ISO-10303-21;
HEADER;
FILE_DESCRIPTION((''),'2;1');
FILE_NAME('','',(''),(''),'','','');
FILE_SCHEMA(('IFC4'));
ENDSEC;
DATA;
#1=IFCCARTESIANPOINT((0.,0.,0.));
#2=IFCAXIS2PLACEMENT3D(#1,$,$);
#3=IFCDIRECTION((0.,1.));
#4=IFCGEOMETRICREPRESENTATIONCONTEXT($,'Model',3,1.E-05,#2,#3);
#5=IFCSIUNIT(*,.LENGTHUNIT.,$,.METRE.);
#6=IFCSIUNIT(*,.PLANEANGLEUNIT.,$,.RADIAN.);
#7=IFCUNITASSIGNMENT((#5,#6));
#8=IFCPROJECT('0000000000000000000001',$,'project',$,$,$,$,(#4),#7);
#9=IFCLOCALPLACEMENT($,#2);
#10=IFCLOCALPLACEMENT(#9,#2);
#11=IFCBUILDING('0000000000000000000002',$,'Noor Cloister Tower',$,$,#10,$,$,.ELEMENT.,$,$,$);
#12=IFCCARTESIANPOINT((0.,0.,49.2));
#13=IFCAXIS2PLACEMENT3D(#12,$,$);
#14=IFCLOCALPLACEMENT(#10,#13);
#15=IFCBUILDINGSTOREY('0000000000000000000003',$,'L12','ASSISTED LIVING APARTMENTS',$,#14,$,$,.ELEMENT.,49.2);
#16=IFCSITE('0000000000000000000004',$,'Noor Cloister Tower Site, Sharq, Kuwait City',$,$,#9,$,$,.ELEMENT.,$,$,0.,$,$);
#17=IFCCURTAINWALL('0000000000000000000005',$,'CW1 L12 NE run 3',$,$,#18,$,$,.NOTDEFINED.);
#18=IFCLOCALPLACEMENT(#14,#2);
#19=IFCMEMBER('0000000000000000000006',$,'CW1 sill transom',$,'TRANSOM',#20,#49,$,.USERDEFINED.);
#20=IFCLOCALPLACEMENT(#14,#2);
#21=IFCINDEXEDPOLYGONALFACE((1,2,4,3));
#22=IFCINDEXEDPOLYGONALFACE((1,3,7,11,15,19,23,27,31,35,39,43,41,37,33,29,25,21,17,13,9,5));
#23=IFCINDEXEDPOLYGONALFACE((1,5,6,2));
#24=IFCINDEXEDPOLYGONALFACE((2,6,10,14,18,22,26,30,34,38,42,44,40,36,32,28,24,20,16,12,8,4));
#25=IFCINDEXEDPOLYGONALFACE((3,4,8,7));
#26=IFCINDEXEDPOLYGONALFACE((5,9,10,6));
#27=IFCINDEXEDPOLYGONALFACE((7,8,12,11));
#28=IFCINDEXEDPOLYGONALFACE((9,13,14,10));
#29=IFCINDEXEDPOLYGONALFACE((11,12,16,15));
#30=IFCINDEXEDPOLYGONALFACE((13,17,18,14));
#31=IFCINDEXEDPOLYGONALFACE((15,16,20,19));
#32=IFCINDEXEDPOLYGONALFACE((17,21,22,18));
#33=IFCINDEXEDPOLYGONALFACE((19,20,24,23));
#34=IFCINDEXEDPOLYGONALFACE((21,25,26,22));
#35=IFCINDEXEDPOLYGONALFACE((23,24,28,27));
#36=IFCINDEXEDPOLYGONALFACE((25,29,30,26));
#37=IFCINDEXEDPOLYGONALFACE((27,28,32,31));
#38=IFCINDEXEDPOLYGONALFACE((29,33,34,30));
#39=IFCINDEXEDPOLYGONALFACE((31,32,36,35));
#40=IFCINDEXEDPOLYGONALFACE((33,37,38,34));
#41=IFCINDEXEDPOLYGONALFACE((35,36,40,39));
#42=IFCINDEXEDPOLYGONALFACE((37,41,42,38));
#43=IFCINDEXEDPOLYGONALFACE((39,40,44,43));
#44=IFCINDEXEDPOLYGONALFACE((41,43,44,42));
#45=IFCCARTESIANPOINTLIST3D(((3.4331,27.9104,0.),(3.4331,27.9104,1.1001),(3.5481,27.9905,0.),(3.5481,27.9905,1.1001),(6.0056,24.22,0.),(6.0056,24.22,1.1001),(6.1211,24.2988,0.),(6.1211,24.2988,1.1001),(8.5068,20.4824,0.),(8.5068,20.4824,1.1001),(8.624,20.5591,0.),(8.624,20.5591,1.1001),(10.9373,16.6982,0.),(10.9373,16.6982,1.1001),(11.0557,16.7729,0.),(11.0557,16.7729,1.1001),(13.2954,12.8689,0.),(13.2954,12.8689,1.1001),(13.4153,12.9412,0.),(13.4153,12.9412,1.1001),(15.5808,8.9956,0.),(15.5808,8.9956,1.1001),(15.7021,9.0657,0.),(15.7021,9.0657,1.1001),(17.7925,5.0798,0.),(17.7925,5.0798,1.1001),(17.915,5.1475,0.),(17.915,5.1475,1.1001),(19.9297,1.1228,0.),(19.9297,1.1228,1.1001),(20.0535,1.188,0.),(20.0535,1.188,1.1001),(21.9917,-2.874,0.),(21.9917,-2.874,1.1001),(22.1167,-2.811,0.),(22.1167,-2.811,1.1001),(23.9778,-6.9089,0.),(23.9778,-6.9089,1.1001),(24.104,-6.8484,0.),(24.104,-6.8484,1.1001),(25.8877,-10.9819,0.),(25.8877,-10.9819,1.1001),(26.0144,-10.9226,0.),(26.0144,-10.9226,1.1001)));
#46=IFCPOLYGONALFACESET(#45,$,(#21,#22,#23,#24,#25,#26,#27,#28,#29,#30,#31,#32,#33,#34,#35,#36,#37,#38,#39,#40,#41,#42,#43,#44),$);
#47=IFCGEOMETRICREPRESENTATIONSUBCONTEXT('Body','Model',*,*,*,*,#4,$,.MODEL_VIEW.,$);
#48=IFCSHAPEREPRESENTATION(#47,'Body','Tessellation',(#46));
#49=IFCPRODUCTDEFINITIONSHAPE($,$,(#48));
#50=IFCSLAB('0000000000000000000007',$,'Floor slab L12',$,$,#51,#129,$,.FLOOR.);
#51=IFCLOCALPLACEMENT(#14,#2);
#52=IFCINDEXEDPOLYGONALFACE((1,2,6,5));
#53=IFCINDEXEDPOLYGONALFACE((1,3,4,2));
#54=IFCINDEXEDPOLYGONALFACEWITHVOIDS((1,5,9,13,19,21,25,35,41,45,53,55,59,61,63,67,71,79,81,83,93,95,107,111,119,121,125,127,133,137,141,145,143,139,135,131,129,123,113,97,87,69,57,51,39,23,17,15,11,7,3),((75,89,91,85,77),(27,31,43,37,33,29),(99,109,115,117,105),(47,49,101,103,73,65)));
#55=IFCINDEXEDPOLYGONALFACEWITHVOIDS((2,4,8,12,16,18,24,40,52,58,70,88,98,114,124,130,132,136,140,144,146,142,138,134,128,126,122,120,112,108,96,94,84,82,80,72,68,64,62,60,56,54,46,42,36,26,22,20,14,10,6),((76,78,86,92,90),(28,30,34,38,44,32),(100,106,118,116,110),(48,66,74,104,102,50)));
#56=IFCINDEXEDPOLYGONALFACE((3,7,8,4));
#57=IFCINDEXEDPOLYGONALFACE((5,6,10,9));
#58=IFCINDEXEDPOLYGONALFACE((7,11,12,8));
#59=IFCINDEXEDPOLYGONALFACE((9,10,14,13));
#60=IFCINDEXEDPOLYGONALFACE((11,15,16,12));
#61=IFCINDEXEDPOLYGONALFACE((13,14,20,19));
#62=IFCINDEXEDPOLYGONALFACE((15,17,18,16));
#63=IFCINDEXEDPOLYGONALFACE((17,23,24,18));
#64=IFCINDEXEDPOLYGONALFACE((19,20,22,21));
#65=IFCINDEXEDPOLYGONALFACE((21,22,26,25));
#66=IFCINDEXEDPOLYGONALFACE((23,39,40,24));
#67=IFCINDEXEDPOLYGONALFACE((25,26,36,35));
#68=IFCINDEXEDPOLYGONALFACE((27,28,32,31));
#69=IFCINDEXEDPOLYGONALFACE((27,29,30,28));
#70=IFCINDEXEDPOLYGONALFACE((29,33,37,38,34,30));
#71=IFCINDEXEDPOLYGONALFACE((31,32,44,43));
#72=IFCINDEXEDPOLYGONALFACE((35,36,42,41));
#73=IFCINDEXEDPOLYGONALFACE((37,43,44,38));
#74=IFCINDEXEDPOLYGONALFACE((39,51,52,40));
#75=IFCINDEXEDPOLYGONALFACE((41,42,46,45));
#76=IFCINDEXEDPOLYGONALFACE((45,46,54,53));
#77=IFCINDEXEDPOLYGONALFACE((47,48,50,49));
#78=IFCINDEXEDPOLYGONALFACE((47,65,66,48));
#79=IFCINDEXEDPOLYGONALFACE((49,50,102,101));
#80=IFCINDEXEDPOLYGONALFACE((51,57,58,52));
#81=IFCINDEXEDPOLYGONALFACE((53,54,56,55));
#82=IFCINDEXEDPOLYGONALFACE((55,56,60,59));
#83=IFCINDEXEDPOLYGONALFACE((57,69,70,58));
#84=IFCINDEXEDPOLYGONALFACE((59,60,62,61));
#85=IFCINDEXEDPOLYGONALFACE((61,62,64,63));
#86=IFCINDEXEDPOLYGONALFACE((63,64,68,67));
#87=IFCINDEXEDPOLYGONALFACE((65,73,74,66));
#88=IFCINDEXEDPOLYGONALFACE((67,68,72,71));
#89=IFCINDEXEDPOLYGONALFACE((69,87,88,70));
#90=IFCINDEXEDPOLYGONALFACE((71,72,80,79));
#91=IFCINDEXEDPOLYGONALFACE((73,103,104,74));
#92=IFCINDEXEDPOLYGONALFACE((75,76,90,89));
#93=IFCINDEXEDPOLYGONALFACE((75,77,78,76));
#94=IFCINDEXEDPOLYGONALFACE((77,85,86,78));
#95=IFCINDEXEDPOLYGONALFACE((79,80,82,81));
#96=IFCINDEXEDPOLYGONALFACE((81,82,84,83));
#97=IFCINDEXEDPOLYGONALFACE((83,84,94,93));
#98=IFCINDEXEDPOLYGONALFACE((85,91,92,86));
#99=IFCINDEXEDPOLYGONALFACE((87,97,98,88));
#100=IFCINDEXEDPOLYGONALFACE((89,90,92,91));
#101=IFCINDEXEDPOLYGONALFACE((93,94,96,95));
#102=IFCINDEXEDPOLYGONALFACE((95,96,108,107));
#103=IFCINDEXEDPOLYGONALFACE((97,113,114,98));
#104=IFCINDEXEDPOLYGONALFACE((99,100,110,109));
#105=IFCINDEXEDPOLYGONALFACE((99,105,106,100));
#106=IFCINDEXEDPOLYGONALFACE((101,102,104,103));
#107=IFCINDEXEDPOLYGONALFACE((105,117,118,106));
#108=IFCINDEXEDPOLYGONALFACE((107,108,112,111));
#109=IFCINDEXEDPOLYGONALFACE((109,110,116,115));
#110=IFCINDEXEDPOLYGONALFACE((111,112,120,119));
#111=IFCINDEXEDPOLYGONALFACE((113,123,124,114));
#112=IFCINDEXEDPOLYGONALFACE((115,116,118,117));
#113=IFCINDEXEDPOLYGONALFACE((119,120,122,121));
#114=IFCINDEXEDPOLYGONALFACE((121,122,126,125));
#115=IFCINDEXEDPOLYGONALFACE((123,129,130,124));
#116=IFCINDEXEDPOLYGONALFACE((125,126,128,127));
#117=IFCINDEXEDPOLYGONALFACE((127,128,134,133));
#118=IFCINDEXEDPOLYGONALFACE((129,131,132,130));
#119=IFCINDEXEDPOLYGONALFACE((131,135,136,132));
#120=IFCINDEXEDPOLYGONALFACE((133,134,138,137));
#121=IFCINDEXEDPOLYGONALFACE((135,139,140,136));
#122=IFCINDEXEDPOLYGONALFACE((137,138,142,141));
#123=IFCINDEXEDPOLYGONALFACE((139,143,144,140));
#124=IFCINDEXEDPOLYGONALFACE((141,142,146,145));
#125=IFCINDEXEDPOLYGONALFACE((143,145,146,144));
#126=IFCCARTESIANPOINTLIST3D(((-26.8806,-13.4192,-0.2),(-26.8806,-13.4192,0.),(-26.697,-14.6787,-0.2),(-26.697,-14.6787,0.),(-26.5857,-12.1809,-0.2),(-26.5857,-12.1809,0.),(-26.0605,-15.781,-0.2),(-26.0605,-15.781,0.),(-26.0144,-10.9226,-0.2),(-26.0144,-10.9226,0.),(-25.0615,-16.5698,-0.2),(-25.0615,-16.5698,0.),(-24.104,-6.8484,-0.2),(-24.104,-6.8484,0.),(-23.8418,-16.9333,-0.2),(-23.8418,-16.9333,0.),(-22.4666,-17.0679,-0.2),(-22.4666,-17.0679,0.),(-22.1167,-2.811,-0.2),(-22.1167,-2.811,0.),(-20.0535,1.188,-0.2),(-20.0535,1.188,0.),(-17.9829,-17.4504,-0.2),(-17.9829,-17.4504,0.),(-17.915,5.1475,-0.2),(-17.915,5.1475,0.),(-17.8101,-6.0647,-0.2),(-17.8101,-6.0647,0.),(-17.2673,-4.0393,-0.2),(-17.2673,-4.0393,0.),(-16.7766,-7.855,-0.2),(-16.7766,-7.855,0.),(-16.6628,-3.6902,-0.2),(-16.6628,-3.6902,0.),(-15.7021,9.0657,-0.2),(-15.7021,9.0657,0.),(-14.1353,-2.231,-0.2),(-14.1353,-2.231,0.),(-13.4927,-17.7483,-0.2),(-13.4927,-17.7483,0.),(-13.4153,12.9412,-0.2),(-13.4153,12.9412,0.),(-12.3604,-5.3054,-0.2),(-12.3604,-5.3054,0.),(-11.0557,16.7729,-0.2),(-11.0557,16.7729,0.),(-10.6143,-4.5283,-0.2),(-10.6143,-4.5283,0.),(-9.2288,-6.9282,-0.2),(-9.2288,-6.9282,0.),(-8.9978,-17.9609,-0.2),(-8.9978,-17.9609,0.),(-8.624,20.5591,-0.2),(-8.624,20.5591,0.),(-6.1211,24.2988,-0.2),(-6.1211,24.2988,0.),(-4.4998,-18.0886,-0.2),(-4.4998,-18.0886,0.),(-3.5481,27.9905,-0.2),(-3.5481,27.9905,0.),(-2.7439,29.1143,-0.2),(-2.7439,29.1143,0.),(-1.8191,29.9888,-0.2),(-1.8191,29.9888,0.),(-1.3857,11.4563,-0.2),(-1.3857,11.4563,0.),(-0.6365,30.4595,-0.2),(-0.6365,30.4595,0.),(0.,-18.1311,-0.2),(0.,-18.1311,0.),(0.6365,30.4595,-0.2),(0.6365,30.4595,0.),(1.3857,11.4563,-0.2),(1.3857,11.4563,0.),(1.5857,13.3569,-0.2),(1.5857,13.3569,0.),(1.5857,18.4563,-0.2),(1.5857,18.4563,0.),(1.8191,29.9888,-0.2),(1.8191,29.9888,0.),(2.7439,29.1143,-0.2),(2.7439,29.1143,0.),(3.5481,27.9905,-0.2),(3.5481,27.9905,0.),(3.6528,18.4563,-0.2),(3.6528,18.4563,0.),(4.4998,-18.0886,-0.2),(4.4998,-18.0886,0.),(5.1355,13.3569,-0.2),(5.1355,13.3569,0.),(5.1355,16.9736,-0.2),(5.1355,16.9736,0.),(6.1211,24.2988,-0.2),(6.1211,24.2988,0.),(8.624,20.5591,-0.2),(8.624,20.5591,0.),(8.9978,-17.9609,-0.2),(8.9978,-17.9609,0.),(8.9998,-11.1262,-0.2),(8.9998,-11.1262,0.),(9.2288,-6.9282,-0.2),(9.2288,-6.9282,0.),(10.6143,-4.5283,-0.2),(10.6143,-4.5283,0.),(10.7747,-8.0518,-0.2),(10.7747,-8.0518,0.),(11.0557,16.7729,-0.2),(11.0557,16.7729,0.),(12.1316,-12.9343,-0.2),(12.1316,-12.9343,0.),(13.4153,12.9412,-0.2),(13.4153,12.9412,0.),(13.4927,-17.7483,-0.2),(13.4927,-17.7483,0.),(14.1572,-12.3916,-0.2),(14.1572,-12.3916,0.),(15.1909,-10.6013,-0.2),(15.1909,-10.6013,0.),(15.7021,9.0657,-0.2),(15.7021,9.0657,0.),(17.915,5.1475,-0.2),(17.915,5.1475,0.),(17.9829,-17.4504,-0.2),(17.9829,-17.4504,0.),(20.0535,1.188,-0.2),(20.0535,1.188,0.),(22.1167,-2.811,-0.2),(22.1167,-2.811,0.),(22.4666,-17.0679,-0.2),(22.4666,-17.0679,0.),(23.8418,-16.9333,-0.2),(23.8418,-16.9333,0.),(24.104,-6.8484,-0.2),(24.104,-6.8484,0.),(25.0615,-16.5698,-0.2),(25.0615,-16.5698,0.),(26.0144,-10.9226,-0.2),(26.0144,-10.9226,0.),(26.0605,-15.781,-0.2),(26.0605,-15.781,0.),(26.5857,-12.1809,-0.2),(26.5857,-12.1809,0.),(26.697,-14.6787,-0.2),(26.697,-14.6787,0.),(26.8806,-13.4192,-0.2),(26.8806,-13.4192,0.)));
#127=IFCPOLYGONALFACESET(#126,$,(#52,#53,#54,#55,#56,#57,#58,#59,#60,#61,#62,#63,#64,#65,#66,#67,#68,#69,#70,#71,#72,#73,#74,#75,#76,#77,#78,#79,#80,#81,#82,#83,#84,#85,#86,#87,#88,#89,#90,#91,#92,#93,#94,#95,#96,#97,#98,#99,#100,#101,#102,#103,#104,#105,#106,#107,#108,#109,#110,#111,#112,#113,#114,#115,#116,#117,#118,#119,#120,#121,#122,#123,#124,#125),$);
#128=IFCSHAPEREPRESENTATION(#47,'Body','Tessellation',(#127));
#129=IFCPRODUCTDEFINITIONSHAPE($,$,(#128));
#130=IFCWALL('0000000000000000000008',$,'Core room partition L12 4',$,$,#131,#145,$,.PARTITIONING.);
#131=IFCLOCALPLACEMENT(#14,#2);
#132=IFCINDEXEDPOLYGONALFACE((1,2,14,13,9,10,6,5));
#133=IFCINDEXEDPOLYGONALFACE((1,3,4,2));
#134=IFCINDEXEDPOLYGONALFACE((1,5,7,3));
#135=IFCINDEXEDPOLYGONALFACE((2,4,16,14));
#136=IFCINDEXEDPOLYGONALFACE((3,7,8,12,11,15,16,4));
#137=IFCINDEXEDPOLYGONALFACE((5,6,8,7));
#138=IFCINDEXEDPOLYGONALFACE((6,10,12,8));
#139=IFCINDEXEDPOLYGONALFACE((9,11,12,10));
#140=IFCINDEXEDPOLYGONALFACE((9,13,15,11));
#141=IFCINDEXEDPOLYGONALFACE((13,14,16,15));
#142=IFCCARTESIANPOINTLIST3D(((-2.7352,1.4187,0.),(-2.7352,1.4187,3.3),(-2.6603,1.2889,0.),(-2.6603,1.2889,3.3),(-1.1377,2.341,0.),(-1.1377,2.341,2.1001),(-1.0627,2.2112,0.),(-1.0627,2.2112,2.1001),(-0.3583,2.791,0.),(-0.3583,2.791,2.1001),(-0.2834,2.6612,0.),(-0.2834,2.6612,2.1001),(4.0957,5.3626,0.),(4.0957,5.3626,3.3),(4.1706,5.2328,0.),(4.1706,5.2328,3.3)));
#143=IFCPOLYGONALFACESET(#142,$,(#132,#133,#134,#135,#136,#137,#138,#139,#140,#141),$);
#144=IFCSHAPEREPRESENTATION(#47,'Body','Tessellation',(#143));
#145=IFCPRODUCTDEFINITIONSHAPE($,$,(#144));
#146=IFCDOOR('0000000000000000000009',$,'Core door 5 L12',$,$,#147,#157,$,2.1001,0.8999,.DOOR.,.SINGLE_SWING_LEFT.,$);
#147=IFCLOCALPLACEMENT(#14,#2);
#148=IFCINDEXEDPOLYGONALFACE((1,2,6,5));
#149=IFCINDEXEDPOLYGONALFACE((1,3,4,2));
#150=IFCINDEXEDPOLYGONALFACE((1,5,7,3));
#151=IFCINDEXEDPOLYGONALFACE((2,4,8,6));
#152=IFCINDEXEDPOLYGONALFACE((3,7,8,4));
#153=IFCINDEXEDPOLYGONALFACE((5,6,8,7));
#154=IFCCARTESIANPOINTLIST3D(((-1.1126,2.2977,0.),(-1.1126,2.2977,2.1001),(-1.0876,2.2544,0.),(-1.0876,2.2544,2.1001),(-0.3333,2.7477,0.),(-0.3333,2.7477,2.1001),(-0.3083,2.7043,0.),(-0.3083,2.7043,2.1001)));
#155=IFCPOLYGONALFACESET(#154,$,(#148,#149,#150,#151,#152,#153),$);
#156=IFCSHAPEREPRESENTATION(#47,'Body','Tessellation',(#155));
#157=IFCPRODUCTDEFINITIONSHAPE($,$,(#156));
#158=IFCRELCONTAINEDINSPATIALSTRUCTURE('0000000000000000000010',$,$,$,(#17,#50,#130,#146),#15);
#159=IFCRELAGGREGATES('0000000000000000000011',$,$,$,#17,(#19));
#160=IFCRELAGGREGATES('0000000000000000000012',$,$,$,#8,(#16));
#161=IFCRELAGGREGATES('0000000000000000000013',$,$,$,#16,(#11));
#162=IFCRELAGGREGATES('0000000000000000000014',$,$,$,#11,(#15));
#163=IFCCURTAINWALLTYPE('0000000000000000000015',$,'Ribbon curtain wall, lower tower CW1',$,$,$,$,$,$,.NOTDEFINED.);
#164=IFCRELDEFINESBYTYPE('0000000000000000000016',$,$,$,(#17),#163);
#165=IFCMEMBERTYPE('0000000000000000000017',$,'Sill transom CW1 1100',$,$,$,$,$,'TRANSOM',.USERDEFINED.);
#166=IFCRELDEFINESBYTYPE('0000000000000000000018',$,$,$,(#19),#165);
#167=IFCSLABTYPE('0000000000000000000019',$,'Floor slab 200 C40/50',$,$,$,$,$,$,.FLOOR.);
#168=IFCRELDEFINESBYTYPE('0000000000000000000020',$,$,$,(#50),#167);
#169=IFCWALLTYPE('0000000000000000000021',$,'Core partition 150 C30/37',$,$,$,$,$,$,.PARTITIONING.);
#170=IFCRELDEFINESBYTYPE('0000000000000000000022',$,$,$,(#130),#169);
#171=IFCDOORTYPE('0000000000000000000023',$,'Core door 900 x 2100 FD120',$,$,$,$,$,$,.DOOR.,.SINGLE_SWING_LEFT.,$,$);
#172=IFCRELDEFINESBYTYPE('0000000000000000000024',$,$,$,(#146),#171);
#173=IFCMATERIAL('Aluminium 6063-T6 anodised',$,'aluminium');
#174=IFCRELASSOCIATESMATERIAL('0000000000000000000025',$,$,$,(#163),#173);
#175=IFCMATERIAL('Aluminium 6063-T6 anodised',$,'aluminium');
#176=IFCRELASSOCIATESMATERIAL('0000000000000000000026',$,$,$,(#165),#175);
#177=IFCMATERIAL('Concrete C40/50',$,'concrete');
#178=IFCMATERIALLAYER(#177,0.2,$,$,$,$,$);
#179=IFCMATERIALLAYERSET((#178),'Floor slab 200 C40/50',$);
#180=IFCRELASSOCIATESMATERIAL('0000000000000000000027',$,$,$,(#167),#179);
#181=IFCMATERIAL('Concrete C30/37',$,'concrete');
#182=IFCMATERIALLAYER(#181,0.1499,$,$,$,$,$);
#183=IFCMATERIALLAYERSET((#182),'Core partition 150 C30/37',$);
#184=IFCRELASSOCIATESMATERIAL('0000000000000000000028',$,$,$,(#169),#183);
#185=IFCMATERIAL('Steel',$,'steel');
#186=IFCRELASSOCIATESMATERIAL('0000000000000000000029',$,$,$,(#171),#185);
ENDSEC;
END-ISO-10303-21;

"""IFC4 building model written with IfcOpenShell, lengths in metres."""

from ifc_helpers import new_model, si_unit, direction, frame, frame_2d, origin, place, context, subcontext, project, spatial, polyline, rectangle, outline, extrude, material, layer, layer_set, type_object, element, fill, aggregate, save


model = new_model("IFC4")

# Units and contexts
model_context = context("Model", 3, precision=1e-05, world=origin(), true_north=direction((0.0, 1.0)))
body_context = subcontext(model_context, "Body", "Model", "MODEL_VIEW")
ifc_project = project(units=[si_unit("LENGTHUNIT", "METRE"), si_unit("PLANEANGLEUNIT", "RADIAN")], contexts=[model_context])

# Site, building, storey
site_placement = place(None, origin())
site = spatial("IfcSite", under=ifc_project, at=site_placement, Name="Noor Cloister Tower Site, Sharq, Kuwait City", CompositionType="ELEMENT", RefElevation=0.0)
building_placement = place(site_placement, origin())
building = spatial("IfcBuilding", under=site, at=building_placement, Name="Noor Cloister Tower", CompositionType="ELEMENT")
storey_placement = place(building_placement, frame((0.0, 0.0, 49.2)))
storey = spatial("IfcBuildingStorey", under=building, at=storey_placement, Name="L12", Description="ASSISTED LIVING APARTMENTS", CompositionType="ELEMENT", Elevation=49.2)

# Curtain wall
ifc_material_1 = material(Name="Aluminium 6063-T6 anodised", Category="aluminium")
curtain_wall_type = type_object("IfcCurtainWallType", Name="Ribbon curtain wall, lower tower CW1", PredefinedType="NOTDEFINED", material=ifc_material_1)
curtain_wall_1_placement = place(storey_placement, origin())
curtain_wall_1 = element("IfcCurtainWall", 1, at=curtain_wall_1_placement, inside=storey, type_object=curtain_wall_type, Name="CW1 L12 NE run 3", PredefinedType="NOTDEFINED")

# Member
ifc_material_2 = material(Name="Aluminium 6063-T6 anodised", Category="aluminium")
member_type_1 = type_object("IfcMemberType", Name="Sill transom CW1 1100", ElementType="TRANSOM", PredefinedType="USERDEFINED", material=ifc_material_2)
member_1_placement = place(storey_placement, origin())
member_1 = element("IfcMember", 2, at=member_1_placement, type_object=member_type_1, Name="CW1 sill transom", ObjectType="TRANSOM", PredefinedType="USERDEFINED", context=body_context, shape_type="SweptSolid", body=[
    extrude(outline(polyline([(26.0144, -10.9226), (24.104, -6.8484), (22.1167, -2.811), (20.0535, 1.188), (17.915, 5.1475), (15.7021, 9.0657), (13.4153, 12.9412), (11.0557, 16.7729), (8.624, 20.5591), (6.1211, 24.2988), (3.5481, 27.9905), (3.4331, 27.9104), (6.0056, 24.22), (8.5068, 20.4824), (10.9373, 16.6982), (13.2954, 12.8689), (15.5808, 8.9956), (17.7925, 5.0798), (19.9297, 1.1228), (21.9917, -2.874), (23.9778, -6.9089), (25.8877, -10.9819), (26.0144, -10.9226)])), origin(), (0.0, 0.0, 1.0), 1.1001),
])
aggregate(curtain_wall_1, [member_1])

# Slab
ifc_material_3 = material(Name="Concrete C40/50", Category="concrete")
ifc_layer_1 = layer(ifc_material_3, 0.2)
ifc_layer_set_1 = layer_set([ifc_layer_1], Name="Floor slab 200 C40/50")
slab_type = type_object("IfcSlabType", Name="Floor slab 200 C40/50", PredefinedType="FLOOR", material=ifc_layer_set_1)
slab_placement = place(storey_placement, frame((0.0, 0.0, -0.2)))
element("IfcSlab", 3, at=slab_placement, inside=storey, type_object=slab_type, Name="Floor slab L12", PredefinedType="FLOOR", context=body_context, shape_type="SweptSolid", body=[
    extrude(outline(polyline([(2.7439, 29.1143), (1.8191, 29.9888), (0.6365, 30.4595), (-0.6365, 30.4595), (-1.8191, 29.9888), (-2.7439, 29.1143), (-3.5481, 27.9905), (-6.1211, 24.2988), (-8.624, 20.5591), (-11.0557, 16.7729), (-13.4153, 12.9412), (-15.7021, 9.0657), (-17.915, 5.1475), (-20.0535, 1.188), (-22.1167, -2.811), (-24.104, -6.8484), (-26.0144, -10.9226), (-26.5857, -12.1809), (-26.8806, -13.4192), (-26.697, -14.6787), (-26.0605, -15.781), (-25.0615, -16.5698), (-23.8418, -16.9333), (-22.4666, -17.0679), (-17.9829, -17.4504), (-13.4927, -17.7483), (-8.9978, -17.9609), (-4.4998, -18.0886), (0.0, -18.1311), (4.4998, -18.0886), (8.9978, -17.9609), (13.4927, -17.7483), (17.9829, -17.4504), (22.4666, -17.0679), (23.8418, -16.9333), (25.0615, -16.5698), (26.0605, -15.781), (26.697, -14.6787), (26.8806, -13.4192), (26.5857, -12.1809), (26.0144, -10.9226), (24.104, -6.8484), (22.1167, -2.811), (20.0535, 1.188), (17.915, 5.1475), (15.7021, 9.0657), (13.4153, 12.9412), (11.0557, 16.7729), (8.624, 20.5591), (6.1211, 24.2988), (3.5481, 27.9905), (2.7439, 29.1143)]), holes=[polyline([(8.9998, -11.1262), (12.1316, -12.9343), (14.1572, -12.3916), (15.1909, -10.6013), (10.7747, -8.0518), (8.9998, -11.1262)]), polyline([(-17.8101, -6.0647), (-16.7766, -7.855), (-12.3604, -5.3054), (-14.1353, -2.231), (-16.6628, -3.6902), (-17.2673, -4.0393), (-17.8101, -6.0647)]), polyline([(-10.6143, -4.5283), (-9.2288, -6.9282), (9.2288, -6.9282), (10.6143, -4.5283), (1.3857, 11.4563), (-1.3857, 11.4563), (-10.6143, -4.5283)]), polyline([(3.6528, 18.4563), (1.5857, 18.4563), (1.5857, 13.3569), (5.1355, 13.3569), (5.1355, 16.9736), (3.6528, 18.4563)])]), origin(), (0.0, 0.0, 1.0), 0.2),
])

# Wall, opening, door
ifc_material_4 = material(Name="Concrete C30/37", Category="concrete")
ifc_layer_2 = layer(ifc_material_4, 0.1499)
ifc_layer_set_2 = layer_set([ifc_layer_2], Name="Core partition 150 C30/37")
wall_type_1 = type_object("IfcWallType", Name="Core partition 150 C30/37", PredefinedType="PARTITIONING", material=ifc_layer_set_2)
wall_1_placement = place(storey_placement, frame((-2.6978, 1.3538, 0.0), z_axis=(0.0, 0.0, 1.0), x_axis=(0.866021, 0.500007, 0.0)))
wall_1 = element("IfcWall", 4, at=wall_1_placement, inside=storey, type_object=wall_type_1, Name="Core room partition L12 4", PredefinedType="PARTITIONING", context=body_context, shape_type="SweptSolid", body=[
    extrude(rectangle(XDim=7.8877, YDim=0.1499, at=frame_2d((3.9438, 0.0))), origin(), (0.0, 0.0, 1.0), 3.3),
])
opening_placement = place(wall_1_placement, frame((1.8447, 0.0, 0.0)))
opening = element("IfcOpeningElement", 5, at=opening_placement, cuts=wall_1, PredefinedType="OPENING", context=body_context, shape_type="SweptSolid", body=[
    extrude(rectangle(XDim=0.8999, YDim=2.1001, at=frame_2d((0.45, 1.05))), frame((0.0, 0.085, 0.0), z_axis=(0.0, -1.0, 0.0), x_axis=(1.0, 0.0, 0.0)), (0.0, 0.0, 1.0), 0.1699),
])
ifc_material_5 = material(Name="Steel", Category="steel")
door_type = type_object("IfcDoorType", Name="Core door 900 x 2100 FD120", OperationType="SINGLE_SWING_LEFT", PredefinedType="DOOR", material=ifc_material_5)
door_placement = place(opening_placement, origin())
door = element("IfcDoor", 6, at=door_placement, inside=storey, type_object=door_type, Name="Core door 5 L12", OperationType="SINGLE_SWING_LEFT", OverallHeight=2.1001, OverallWidth=0.8999, PredefinedType="DOOR", context=body_context, shape_type="SweptSolid", body=[
    extrude(rectangle(XDim=0.8999, YDim=2.1001, at=frame_2d((0.45, 1.05))), frame((0.0, 0.0249, 0.0), z_axis=(0.0, -1.0, 0.0), x_axis=(1.0, 0.0, 0.0)), (0.0, 0.0, 1.0), 0.05),
])
fill(opening, door)

save(model, "model.ifc")
